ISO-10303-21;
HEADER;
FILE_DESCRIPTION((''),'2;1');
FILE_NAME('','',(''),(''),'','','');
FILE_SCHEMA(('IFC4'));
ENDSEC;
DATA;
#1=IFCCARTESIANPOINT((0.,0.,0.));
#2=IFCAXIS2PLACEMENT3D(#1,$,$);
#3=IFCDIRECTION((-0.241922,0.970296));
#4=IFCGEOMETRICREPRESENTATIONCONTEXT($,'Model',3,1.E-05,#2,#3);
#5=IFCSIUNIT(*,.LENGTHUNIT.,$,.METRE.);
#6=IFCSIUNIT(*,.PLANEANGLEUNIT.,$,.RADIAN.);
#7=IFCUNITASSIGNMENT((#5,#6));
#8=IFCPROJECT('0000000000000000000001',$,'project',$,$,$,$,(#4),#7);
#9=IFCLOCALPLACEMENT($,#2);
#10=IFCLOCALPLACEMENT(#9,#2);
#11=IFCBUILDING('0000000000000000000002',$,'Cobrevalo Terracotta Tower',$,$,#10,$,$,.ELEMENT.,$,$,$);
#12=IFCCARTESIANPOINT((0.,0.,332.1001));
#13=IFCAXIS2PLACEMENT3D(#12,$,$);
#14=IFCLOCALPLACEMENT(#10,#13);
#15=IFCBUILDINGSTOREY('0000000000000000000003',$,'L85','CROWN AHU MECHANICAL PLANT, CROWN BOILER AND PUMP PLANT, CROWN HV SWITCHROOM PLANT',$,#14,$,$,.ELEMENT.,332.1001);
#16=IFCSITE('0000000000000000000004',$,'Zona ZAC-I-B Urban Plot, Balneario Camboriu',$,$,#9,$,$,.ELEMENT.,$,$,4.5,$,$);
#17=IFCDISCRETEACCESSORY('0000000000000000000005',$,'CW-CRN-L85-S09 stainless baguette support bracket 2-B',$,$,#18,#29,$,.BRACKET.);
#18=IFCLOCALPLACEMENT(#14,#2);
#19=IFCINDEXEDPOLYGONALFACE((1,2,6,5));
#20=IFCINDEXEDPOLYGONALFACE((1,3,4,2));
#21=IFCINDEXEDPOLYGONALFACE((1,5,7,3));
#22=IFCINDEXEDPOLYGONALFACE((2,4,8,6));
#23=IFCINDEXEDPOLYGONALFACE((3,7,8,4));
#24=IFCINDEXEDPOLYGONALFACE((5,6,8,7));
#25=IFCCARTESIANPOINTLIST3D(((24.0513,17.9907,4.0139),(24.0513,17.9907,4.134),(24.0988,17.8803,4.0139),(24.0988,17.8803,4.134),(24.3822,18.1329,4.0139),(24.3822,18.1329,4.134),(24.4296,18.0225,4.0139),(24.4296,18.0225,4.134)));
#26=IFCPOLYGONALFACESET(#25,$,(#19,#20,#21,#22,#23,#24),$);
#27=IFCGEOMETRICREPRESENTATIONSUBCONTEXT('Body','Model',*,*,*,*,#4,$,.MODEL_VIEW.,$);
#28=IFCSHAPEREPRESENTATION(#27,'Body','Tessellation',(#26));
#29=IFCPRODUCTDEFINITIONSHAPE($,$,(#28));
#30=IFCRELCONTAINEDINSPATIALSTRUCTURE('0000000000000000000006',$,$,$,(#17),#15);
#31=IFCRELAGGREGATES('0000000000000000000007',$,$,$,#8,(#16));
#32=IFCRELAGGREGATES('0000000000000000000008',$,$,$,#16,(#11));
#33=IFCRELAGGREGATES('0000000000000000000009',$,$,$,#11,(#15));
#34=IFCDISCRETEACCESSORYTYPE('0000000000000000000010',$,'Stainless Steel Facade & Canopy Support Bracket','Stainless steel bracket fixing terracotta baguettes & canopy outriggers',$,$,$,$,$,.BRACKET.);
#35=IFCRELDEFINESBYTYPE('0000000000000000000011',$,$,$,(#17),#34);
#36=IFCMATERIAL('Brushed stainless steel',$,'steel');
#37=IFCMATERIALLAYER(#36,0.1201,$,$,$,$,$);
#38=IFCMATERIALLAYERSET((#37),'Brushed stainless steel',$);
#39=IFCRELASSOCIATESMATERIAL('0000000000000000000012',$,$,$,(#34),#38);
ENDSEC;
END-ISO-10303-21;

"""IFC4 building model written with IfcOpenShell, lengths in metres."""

from ifc_helpers import new_model, si_unit, direction, frame, origin, origin_2d, place, context, subcontext, project, spatial, rectangle, extrude, source, transform, mapped, material, layer, layer_set, type_object, element, save


model = new_model("IFC4")

# Units and contexts
model_context = context("Model", 3, precision=1e-05, world=origin(), true_north=direction((-0.241922, 0.970296)))
body_context = subcontext(model_context, "Body", "Model", "MODEL_VIEW")
ifc_project = project(units=[si_unit("LENGTHUNIT", "METRE"), si_unit("PLANEANGLEUNIT", "RADIAN")], contexts=[model_context])

# Site, building, storey
site_placement = place(None, origin())
site = spatial("IfcSite", under=ifc_project, at=site_placement, Name="Zona ZAC-I-B Urban Plot, Balneario Camboriu", CompositionType="ELEMENT", RefElevation=4.5)
building_placement = place(site_placement, origin())
building = spatial("IfcBuilding", under=site, at=building_placement, Name="Cobrevalo Terracotta Tower", CompositionType="ELEMENT")
storey_placement = place(building_placement, frame((0.0, 0.0, 332.1001)))
storey = spatial("IfcBuildingStorey", under=building, at=storey_placement, Name="L85", Description="CROWN AHU MECHANICAL PLANT, CROWN BOILER AND PUMP PLANT, CROWN HV SWITCHROOM PLANT", CompositionType="ELEMENT", Elevation=332.1001)

# Discrete accessory
ifc_material_1 = material(Name="Brushed stainless steel", Category="steel")
ifc_layer_1 = layer(ifc_material_1, 0.1201)
ifc_layer_set_1 = layer_set([ifc_layer_1], Name="Brushed stainless steel")
discrete_accessory_type = type_object("IfcDiscreteAccessoryType", Name="Stainless Steel Facade & Canopy Support Bracket", Description="Stainless steel bracket fixing terracotta baguettes & canopy outriggers", PredefinedType="BRACKET", material=ifc_layer_set_1)
shared_shape_1 = source(origin(), body_context, "Body", "SweptSolid", [
    extrude(rectangle(XDim=0.1201, YDim=0.3601, at=origin_2d()), origin(), (0.0, 0.0, 1.0), 0.1201),
])
discrete_accessory_placement = place(storey_placement, frame((24.2405, 18.0066, 4.0139), z_axis=(0.0, 0.0, 1.0), x_axis=(0.39496, -0.918698, 0.0)))
element("IfcDiscreteAccessory", 1, at=discrete_accessory_placement, inside=storey, type_object=discrete_accessory_type, Name="CW-CRN-L85-S09 stainless baguette support bracket 2-B", PredefinedType="BRACKET", context=body_context, shape_type="MappedRepresentation", body=[
    mapped(shared_shape_1, transform((0.0, 0.0, 0.0), scale=1.0)),
])

save(model, "model.ifc")
